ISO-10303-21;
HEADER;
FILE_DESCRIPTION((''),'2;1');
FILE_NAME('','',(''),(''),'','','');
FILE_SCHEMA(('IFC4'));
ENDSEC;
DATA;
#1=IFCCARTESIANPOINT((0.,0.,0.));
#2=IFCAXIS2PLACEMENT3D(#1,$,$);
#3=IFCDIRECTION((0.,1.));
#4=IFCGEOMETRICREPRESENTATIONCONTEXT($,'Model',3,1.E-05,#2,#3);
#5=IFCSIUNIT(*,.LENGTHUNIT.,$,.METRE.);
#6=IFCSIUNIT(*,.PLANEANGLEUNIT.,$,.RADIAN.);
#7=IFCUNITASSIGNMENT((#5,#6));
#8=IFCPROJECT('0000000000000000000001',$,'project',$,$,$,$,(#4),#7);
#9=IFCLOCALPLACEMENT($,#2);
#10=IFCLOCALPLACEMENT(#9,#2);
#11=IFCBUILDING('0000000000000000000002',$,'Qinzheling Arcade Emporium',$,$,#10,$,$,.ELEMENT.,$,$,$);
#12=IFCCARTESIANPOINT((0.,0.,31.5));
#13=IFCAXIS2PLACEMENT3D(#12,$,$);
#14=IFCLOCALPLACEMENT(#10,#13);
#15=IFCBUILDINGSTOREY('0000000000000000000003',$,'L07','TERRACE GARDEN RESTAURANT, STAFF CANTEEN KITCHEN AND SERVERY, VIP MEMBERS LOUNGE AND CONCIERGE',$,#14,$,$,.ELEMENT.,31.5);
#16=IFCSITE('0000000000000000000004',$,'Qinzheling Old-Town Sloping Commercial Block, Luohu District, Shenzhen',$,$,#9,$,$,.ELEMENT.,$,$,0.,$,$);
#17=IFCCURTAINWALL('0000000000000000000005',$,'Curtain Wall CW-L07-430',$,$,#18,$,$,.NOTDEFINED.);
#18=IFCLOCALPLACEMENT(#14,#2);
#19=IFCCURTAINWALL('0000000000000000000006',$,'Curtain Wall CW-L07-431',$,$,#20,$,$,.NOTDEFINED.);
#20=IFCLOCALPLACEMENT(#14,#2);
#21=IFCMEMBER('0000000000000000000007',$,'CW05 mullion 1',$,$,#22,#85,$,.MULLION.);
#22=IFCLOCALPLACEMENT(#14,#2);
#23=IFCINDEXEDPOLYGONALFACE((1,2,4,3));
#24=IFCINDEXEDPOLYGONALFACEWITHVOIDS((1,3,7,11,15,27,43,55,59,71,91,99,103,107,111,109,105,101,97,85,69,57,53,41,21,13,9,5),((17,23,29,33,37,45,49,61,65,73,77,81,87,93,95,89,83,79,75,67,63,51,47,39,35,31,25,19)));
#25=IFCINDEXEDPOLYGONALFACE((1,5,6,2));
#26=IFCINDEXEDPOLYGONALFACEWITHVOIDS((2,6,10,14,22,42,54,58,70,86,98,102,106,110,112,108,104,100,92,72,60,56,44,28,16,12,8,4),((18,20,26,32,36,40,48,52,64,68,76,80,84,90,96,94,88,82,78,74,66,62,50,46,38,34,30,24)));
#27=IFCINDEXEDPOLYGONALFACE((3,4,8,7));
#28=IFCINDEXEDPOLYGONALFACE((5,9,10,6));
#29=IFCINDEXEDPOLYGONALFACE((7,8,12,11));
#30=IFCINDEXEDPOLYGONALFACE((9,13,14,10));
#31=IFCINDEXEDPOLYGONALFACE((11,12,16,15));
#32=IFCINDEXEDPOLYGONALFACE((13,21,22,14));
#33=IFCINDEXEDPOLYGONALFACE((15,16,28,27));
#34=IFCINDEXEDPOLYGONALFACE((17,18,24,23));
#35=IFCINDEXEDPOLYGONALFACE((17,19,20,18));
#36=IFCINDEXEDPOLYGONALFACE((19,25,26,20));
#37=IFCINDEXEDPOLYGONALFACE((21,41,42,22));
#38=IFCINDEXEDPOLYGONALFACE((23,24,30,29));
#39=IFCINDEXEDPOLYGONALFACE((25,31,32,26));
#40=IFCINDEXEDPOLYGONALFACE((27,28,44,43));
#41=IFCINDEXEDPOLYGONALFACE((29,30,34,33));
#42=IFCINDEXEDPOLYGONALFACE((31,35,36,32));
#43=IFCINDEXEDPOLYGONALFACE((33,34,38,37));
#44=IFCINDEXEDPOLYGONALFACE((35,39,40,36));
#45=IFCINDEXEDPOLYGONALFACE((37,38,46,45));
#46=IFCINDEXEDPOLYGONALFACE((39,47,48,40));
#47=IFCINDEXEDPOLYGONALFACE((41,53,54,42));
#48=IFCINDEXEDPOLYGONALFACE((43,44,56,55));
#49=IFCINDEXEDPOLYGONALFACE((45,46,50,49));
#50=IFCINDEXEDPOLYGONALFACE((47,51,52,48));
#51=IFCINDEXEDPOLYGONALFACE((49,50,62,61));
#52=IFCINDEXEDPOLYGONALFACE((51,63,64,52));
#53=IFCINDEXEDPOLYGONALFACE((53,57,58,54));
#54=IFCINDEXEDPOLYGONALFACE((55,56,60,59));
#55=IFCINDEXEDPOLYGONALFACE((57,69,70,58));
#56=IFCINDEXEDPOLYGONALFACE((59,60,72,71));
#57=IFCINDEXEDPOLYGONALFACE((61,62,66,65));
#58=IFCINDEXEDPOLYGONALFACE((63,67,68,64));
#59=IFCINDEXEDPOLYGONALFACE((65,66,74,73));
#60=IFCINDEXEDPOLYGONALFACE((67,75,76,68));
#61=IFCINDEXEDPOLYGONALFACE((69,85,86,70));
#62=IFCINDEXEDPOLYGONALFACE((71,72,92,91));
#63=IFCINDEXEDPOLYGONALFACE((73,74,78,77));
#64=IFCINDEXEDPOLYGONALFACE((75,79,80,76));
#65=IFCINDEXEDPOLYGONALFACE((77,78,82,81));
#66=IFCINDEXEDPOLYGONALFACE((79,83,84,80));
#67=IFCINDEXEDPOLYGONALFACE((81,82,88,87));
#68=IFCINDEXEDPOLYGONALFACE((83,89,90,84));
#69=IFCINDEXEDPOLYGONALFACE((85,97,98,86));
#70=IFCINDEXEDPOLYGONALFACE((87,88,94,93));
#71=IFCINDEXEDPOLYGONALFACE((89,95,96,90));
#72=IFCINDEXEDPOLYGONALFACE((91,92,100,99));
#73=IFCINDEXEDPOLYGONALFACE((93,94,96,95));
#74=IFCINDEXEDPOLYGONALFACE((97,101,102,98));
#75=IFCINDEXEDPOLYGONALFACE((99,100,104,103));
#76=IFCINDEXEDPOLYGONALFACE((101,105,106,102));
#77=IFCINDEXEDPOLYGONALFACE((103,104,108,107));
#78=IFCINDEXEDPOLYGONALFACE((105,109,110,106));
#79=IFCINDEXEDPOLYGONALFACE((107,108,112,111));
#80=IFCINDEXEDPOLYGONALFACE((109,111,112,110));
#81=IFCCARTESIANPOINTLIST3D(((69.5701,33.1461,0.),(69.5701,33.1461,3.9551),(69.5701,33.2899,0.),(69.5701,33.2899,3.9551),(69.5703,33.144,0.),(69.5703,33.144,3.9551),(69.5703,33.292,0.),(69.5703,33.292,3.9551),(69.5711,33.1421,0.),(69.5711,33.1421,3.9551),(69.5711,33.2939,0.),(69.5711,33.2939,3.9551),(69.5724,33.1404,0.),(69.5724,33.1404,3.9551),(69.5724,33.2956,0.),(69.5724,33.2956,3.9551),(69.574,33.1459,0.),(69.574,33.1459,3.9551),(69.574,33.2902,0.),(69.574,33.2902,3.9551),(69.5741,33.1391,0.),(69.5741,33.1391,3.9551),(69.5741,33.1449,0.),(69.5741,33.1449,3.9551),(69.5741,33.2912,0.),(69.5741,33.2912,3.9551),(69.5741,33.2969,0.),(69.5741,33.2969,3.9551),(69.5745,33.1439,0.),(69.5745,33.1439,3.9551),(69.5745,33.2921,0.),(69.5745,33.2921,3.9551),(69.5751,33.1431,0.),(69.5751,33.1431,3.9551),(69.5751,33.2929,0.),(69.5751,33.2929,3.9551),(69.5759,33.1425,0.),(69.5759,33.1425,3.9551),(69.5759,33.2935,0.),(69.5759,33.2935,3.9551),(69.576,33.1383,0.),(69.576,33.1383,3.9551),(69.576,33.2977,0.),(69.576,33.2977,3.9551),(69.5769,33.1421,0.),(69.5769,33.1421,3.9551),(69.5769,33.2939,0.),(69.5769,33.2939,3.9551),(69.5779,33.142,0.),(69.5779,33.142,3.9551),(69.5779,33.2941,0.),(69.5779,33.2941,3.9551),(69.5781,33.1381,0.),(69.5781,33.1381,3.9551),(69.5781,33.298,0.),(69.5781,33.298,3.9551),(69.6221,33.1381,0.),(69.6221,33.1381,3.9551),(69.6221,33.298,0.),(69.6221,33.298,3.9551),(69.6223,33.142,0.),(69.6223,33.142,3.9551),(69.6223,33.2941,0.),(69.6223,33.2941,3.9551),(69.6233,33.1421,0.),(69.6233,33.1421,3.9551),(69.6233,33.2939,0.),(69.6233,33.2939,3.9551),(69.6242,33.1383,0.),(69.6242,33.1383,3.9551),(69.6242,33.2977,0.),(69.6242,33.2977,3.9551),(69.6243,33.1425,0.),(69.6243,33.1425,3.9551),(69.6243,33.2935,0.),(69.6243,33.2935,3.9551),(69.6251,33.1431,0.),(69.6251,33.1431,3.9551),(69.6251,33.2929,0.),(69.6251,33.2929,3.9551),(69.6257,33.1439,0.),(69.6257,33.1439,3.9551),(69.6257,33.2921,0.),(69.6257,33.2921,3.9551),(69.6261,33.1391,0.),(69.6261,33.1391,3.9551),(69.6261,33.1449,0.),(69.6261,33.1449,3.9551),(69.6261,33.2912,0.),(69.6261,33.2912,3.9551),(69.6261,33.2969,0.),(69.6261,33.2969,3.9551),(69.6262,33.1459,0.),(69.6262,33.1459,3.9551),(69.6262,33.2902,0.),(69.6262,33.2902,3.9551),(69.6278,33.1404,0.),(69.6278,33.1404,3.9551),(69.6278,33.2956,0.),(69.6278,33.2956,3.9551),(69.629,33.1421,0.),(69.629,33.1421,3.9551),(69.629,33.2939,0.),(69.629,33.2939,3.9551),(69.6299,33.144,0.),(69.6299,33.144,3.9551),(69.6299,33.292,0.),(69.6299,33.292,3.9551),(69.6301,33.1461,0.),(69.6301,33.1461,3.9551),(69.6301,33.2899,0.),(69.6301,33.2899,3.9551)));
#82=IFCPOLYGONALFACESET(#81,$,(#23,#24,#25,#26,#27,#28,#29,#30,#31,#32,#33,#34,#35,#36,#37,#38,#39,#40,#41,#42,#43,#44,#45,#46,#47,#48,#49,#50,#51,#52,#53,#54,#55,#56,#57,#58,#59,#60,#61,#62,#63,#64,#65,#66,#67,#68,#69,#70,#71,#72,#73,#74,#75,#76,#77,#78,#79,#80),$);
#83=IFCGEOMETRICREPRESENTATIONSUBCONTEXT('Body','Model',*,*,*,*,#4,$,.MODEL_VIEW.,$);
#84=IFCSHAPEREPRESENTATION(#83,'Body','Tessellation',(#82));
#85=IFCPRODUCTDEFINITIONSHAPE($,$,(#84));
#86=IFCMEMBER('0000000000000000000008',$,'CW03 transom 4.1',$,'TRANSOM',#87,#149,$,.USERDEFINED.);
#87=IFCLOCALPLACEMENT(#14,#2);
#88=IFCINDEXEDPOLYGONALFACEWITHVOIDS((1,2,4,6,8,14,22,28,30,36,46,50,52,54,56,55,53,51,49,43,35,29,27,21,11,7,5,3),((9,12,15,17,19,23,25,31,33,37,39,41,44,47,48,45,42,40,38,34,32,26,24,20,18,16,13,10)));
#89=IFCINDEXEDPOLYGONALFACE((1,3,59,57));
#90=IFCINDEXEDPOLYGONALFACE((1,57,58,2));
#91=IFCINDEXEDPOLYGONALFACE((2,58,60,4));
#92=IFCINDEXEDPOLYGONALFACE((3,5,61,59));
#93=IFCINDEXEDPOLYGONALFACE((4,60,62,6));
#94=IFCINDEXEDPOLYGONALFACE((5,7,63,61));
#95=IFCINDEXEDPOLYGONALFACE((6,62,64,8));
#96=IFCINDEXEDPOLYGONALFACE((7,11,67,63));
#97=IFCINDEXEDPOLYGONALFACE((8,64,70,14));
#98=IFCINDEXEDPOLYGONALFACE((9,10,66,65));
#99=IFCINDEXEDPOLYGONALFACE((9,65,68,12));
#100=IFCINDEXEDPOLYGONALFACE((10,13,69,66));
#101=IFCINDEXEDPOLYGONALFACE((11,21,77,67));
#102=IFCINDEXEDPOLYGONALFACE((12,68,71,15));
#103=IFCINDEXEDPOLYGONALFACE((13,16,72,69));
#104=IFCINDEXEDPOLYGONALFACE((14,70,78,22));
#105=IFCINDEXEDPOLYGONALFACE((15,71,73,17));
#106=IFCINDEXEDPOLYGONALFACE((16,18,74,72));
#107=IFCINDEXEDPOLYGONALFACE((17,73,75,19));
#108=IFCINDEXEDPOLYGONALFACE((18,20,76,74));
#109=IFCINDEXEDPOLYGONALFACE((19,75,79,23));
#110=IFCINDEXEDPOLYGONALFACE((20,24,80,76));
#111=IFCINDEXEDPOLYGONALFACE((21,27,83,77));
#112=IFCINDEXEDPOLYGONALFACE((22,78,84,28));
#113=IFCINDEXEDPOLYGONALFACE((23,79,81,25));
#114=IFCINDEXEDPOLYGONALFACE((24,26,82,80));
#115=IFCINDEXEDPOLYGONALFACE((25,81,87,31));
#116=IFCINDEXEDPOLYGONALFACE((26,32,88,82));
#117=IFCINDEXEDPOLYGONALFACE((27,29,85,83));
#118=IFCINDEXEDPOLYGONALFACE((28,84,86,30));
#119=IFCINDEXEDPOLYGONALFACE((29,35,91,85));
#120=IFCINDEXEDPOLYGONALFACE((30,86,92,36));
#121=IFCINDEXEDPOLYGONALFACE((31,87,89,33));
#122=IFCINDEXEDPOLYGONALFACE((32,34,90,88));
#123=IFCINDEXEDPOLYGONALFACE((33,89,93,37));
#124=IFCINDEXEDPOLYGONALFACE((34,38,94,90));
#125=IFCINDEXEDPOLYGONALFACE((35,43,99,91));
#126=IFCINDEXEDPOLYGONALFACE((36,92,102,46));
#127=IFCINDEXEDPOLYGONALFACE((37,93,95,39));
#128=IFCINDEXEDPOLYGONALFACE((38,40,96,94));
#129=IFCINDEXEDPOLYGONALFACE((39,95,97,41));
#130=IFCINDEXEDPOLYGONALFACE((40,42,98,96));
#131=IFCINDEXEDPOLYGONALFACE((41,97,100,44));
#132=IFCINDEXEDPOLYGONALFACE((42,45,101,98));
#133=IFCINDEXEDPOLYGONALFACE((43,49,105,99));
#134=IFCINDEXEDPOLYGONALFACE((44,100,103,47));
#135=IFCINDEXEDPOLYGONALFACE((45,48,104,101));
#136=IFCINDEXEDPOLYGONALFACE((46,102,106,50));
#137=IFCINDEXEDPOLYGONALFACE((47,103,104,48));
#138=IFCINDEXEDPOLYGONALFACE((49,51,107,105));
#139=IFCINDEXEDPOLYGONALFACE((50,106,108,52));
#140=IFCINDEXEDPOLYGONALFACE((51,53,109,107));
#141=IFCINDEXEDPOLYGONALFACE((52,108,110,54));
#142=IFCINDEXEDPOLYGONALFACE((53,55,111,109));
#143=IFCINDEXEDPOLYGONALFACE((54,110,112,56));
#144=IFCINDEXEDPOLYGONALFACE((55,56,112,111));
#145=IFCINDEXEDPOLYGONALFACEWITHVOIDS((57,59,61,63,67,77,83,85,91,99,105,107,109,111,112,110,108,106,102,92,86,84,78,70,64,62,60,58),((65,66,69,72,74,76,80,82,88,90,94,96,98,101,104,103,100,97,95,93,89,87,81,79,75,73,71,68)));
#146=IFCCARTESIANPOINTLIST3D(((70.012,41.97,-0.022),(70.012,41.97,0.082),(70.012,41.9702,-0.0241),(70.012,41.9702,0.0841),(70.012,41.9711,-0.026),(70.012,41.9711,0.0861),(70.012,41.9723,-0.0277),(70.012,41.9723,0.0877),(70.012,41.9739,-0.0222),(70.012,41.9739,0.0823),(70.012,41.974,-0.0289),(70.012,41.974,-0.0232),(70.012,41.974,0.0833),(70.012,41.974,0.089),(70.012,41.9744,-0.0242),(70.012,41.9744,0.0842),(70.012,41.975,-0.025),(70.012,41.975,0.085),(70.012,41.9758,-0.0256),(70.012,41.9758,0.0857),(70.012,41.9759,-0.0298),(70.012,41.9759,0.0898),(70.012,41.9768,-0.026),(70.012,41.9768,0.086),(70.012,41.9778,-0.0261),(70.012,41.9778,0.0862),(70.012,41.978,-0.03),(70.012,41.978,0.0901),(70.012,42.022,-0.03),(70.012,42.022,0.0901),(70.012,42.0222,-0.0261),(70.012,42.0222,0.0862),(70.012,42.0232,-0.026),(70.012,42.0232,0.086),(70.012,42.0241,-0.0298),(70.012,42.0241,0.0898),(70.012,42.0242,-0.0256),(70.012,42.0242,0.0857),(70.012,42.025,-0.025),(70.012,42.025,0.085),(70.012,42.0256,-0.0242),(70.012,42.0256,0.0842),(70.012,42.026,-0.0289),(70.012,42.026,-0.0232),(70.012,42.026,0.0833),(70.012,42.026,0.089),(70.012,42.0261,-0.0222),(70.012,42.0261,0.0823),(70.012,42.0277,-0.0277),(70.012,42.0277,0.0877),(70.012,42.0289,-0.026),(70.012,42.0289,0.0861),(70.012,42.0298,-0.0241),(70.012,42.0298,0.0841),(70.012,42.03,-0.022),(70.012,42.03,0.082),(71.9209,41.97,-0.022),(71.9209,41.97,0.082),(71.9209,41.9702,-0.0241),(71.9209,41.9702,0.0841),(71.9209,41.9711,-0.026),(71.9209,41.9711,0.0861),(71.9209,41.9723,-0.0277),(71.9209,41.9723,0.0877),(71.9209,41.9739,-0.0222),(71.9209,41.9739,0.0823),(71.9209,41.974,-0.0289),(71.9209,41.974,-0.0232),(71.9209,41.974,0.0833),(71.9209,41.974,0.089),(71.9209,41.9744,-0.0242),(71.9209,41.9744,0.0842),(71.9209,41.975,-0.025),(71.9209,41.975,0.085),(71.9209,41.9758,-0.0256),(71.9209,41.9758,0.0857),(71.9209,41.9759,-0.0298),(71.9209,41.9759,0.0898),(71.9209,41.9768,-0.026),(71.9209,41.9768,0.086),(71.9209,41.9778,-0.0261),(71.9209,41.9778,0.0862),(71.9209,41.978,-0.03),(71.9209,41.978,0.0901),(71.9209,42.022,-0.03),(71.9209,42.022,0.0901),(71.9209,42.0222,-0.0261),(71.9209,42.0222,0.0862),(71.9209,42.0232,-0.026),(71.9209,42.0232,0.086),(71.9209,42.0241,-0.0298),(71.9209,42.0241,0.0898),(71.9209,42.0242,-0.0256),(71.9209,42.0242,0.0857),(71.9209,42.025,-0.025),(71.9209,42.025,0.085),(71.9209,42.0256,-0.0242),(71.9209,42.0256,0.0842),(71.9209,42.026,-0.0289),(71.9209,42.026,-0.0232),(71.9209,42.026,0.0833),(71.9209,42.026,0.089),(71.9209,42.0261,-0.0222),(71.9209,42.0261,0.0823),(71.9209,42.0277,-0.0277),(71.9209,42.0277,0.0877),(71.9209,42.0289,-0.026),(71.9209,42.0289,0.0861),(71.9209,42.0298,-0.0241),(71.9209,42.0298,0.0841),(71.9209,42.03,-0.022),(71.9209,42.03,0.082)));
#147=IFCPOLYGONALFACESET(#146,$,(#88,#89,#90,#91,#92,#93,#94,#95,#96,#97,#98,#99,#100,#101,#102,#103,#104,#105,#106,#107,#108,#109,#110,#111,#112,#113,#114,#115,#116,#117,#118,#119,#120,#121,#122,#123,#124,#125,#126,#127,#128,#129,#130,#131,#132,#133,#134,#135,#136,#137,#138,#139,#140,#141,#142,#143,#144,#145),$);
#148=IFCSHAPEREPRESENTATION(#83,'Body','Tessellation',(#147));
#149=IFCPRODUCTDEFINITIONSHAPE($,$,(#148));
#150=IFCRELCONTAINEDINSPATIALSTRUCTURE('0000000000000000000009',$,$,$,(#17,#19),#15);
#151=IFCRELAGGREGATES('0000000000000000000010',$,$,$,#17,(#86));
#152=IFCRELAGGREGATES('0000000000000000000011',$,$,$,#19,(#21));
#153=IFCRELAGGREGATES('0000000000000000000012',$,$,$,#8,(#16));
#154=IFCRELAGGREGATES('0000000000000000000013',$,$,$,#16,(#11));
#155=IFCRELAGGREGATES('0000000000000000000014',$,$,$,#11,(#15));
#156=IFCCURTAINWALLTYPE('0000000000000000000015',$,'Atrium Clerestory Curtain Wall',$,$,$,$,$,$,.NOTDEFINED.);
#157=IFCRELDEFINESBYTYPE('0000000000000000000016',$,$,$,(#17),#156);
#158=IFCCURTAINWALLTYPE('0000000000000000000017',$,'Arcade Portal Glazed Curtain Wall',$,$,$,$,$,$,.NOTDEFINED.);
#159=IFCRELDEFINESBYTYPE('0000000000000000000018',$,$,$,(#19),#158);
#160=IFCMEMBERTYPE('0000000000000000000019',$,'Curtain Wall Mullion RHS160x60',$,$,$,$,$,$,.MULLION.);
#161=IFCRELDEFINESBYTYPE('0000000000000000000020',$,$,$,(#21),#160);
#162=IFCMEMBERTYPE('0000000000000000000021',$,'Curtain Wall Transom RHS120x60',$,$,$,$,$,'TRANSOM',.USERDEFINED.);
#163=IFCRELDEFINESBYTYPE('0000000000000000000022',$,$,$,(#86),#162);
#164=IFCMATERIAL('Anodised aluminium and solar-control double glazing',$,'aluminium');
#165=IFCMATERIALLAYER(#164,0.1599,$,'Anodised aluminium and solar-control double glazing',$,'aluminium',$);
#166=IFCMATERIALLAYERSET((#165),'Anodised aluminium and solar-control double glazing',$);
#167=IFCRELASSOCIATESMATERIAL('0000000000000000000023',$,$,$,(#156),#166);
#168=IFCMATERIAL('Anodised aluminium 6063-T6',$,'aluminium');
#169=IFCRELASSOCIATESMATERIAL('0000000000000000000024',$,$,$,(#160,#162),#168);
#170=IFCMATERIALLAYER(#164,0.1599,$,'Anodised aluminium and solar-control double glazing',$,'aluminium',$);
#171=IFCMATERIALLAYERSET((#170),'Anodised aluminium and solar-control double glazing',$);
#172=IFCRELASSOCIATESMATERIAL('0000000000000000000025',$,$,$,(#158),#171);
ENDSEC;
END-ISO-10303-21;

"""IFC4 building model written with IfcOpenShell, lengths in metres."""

from ifc_helpers import new_model, si_unit, direction, frame, origin, origin_2d, place, context, subcontext, project, spatial, hollow_rectangle, extrude, material, layer, layer_set, material_profile, profile_set, type_object, element, aggregate, save


model = new_model("IFC4")

# Units and contexts
model_context = context("Model", 3, precision=1e-05, world=origin(), true_north=direction((0.0, 1.0)))
body_context = subcontext(model_context, "Body", "Model", "MODEL_VIEW")
ifc_project = project(units=[si_unit("LENGTHUNIT", "METRE"), si_unit("PLANEANGLEUNIT", "RADIAN")], contexts=[model_context])

# Site, building, storey
site_placement = place(None, origin())
site = spatial("IfcSite", under=ifc_project, at=site_placement, Name="Qinzheling Old-Town Sloping Commercial Block, Luohu District, Shenzhen", CompositionType="ELEMENT", RefElevation=0.0)
building_placement = place(site_placement, origin())
building = spatial("IfcBuilding", under=site, at=building_placement, Name="Qinzheling Arcade Emporium", CompositionType="ELEMENT")
storey_placement = place(building_placement, frame((0.0, 0.0, 31.5)))
storey = spatial("IfcBuildingStorey", under=building, at=storey_placement, Name="L07", Description="TERRACE GARDEN RESTAURANT, STAFF CANTEEN KITCHEN AND SERVERY, VIP MEMBERS LOUNGE AND CONCIERGE", CompositionType="ELEMENT", Elevation=31.5)

# Curtain wall
ifc_material_1 = material(Name="Anodised aluminium and solar-control double glazing", Category="aluminium")
ifc_layer_1 = layer(ifc_material_1, 0.1599, Name="Anodised aluminium and solar-control double glazing", Category="aluminium")
ifc_layer_set_1 = layer_set([ifc_layer_1], Name="Anodised aluminium and solar-control double glazing")
curtain_wall_type_1 = type_object("IfcCurtainWallType", Name="Atrium Clerestory Curtain Wall", PredefinedType="NOTDEFINED", material=ifc_layer_set_1)
curtain_wall_1_placement = place(storey_placement, origin())
curtain_wall_1 = element("IfcCurtainWall", 1, at=curtain_wall_1_placement, inside=storey, type_object=curtain_wall_type_1, Name="Curtain Wall CW-L07-430", PredefinedType="NOTDEFINED")
ifc_material_2 = material(Name="Anodised aluminium 6063-T6", Category="aluminium")
ifc_material_profile_1 = material_profile(ifc_material_2, hollow_rectangle(XDim=0.0601, YDim=0.1599, WallThickness=0.0039, InnerFilletRadius=0.0039, OuterFilletRadius=0.0081, at=origin_2d()), Name="RHS 160x60x4", Category="aluminium")
ifc_profile_set_1 = profile_set([ifc_material_profile_1], Name="Anodised aluminium 6063-T6")
member_type_1 = type_object("IfcMemberType", Name="Curtain Wall Mullion RHS160x60", PredefinedType="MULLION", material=ifc_profile_set_1)

# Curtain wall, member
ifc_layer_2 = layer(ifc_material_1, 0.1599, Name="Anodised aluminium and solar-control double glazing", Category="aluminium")
ifc_layer_set_2 = layer_set([ifc_layer_2], Name="Anodised aluminium and solar-control double glazing")
curtain_wall_type_2 = type_object("IfcCurtainWallType", Name="Arcade Portal Glazed Curtain Wall", PredefinedType="NOTDEFINED", material=ifc_layer_set_2)
curtain_wall_2_placement = place(storey_placement, origin())
curtain_wall_2 = element("IfcCurtainWall", 2, at=curtain_wall_2_placement, inside=storey, type_object=curtain_wall_type_2, Name="Curtain Wall CW-L07-431", PredefinedType="NOTDEFINED")
member_1_placement = place(storey_placement, frame((69.6001, 33.218, 0.0), z_axis=(0.0, 0.0, 1.0), x_axis=(1.0, 0.0, 0.0)))
member_1 = element("IfcMember", 3, at=member_1_placement, type_object=member_type_1, Name="CW05 mullion 1", PredefinedType="MULLION", context=body_context, shape_type="SweptSolid", body=[
    extrude(hollow_rectangle(XDim=0.0601, YDim=0.1599, WallThickness=0.0039, InnerFilletRadius=0.0039, OuterFilletRadius=0.0081, at=origin_2d()), origin(), (0.0, 0.0, 1.0), 3.9551),
])

# Member
ifc_material_profile_2 = material_profile(ifc_material_2, hollow_rectangle(XDim=0.0601, YDim=0.1201, WallThickness=0.0039, InnerFilletRadius=0.0039, OuterFilletRadius=0.0081, at=origin_2d()), Name="RHS 120x60x4", Category="aluminium")
ifc_profile_set_2 = profile_set([ifc_material_profile_2], Name="Anodised aluminium 6063-T6")
member_type_2 = type_object("IfcMemberType", Name="Curtain Wall Transom RHS120x60", ElementType="TRANSOM", PredefinedType="USERDEFINED", material=ifc_profile_set_2)
member_2_placement = place(storey_placement, frame((71.9209, 42.0, 0.03), z_axis=(-1.0, 0.0, 0.0), x_axis=(0.0, -1.0, 0.0)))
member_2 = element("IfcMember", 4, at=member_2_placement, type_object=member_type_2, Name="CW03 transom 4.1", ObjectType="TRANSOM", PredefinedType="USERDEFINED", context=body_context, shape_type="SweptSolid", body=[
    extrude(hollow_rectangle(XDim=0.0601, YDim=0.1201, WallThickness=0.0039, InnerFilletRadius=0.0039, OuterFilletRadius=0.0081, at=origin_2d()), origin(), (0.0, 0.0, 1.0), 1.9089),
])

aggregate(curtain_wall_1, [member_2])
aggregate(curtain_wall_2, [member_1])

save(model, "model.ifc")
